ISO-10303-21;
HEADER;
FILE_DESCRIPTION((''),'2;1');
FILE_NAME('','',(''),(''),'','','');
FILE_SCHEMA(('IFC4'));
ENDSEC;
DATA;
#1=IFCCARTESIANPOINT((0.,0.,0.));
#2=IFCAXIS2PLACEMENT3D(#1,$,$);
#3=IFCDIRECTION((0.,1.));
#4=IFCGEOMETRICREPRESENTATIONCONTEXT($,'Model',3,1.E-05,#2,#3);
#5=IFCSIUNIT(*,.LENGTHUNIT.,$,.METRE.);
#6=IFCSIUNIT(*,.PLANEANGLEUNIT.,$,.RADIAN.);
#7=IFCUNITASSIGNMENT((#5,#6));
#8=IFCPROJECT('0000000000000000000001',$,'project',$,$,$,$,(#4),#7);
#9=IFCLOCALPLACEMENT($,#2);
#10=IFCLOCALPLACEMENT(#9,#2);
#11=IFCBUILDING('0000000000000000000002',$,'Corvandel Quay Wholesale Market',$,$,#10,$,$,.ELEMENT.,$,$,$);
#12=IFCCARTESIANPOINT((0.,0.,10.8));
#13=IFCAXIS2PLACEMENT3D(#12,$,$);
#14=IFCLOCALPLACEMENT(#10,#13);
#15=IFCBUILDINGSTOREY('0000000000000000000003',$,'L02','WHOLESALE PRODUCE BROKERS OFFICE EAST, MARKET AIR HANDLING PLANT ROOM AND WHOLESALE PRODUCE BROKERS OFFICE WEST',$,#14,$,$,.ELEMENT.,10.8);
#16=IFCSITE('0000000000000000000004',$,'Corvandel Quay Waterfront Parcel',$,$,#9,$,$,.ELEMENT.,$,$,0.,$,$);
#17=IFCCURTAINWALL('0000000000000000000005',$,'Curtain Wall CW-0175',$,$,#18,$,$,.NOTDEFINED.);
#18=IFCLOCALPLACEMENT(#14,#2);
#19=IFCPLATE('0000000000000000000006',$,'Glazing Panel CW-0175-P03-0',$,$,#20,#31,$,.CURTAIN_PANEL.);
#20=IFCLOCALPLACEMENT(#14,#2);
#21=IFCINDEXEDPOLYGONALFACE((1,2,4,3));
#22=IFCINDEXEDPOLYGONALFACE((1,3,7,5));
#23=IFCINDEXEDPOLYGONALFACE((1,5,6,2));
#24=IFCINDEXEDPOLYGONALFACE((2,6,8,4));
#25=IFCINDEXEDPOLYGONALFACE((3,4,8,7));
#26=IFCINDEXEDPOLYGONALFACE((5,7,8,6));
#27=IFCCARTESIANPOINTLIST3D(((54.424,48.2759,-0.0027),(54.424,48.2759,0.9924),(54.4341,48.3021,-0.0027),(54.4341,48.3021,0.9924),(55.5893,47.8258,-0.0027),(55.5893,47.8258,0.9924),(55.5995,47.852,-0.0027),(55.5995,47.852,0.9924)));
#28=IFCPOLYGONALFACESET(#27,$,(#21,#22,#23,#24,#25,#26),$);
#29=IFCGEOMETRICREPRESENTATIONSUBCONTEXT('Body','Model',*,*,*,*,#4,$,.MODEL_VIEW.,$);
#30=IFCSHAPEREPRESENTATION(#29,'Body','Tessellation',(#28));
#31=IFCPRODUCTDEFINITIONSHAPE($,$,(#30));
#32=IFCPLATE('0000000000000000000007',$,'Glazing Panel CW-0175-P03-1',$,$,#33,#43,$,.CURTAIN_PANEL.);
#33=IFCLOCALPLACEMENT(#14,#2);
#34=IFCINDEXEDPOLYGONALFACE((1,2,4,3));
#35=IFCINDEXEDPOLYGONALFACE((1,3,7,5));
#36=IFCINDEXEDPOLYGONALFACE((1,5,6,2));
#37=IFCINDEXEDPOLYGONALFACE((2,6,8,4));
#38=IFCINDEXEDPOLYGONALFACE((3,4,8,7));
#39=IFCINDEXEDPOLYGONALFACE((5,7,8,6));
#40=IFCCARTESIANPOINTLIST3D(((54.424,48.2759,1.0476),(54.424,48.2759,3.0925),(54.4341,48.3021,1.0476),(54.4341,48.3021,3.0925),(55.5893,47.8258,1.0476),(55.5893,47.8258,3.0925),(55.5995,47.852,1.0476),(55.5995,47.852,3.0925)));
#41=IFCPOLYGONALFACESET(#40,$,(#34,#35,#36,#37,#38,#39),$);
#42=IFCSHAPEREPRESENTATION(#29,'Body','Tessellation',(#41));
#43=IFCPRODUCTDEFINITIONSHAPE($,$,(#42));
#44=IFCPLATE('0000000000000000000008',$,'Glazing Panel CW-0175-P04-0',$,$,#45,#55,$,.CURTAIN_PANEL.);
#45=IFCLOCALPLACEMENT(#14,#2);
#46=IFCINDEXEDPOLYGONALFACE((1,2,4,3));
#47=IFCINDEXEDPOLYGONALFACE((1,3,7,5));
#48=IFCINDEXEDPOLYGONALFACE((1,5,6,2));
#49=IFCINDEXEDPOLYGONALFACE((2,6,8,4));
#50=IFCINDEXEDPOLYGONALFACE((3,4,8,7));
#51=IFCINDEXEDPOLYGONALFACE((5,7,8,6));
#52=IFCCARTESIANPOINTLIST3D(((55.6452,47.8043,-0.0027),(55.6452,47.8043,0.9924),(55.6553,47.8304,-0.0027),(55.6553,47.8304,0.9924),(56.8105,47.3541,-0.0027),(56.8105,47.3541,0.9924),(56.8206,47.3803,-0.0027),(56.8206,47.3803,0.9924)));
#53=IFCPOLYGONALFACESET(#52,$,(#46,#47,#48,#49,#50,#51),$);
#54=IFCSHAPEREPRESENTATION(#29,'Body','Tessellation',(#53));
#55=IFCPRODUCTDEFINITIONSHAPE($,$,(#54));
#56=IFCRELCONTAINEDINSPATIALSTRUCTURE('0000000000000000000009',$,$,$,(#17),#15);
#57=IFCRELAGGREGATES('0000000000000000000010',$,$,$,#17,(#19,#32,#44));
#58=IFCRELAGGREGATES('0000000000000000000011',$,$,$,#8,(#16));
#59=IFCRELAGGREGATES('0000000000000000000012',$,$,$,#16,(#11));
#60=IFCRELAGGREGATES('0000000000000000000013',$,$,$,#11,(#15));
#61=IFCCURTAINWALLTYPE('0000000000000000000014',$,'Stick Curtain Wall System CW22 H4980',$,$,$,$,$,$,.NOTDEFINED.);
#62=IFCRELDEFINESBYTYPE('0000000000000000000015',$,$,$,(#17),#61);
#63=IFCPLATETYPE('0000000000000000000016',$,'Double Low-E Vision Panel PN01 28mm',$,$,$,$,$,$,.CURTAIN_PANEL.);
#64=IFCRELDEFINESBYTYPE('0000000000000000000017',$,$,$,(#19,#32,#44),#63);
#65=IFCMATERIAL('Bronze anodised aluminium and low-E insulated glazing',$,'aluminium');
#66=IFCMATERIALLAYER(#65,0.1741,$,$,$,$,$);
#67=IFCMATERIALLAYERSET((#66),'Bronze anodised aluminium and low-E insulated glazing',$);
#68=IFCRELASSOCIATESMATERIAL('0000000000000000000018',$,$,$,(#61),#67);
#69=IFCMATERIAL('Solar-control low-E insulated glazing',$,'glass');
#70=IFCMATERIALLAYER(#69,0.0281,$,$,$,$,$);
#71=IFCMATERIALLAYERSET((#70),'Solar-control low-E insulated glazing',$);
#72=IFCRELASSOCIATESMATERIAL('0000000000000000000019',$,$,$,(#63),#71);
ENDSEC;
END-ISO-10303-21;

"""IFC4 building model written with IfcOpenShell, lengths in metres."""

from ifc_helpers import new_model, si_unit, direction, frame, origin, origin_2d, place, context, subcontext, project, spatial, rectangle, extrude, material, layer, layer_set, type_object, element, aggregate, save


model = new_model("IFC4")

# Units and contexts
model_context = context("Model", 3, precision=1e-05, world=origin(), true_north=direction((0.0, 1.0)))
body_context = subcontext(model_context, "Body", "Model", "MODEL_VIEW")
ifc_project = project(units=[si_unit("LENGTHUNIT", "METRE"), si_unit("PLANEANGLEUNIT", "RADIAN")], contexts=[model_context])

# Site, building, storey
site_placement = place(None, origin())
site = spatial("IfcSite", under=ifc_project, at=site_placement, Name="Corvandel Quay Waterfront Parcel", CompositionType="ELEMENT", RefElevation=0.0)
building_placement = place(site_placement, origin())
building = spatial("IfcBuilding", under=site, at=building_placement, Name="Corvandel Quay Wholesale Market", CompositionType="ELEMENT")
storey_placement = place(building_placement, frame((0.0, 0.0, 10.8)))
storey = spatial("IfcBuildingStorey", under=building, at=storey_placement, Name="L02", Description="WHOLESALE PRODUCE BROKERS OFFICE EAST, MARKET AIR HANDLING PLANT ROOM AND WHOLESALE PRODUCE BROKERS OFFICE WEST", CompositionType="ELEMENT", Elevation=10.8)

# Curtain wall
ifc_material_1 = material(Name="Bronze anodised aluminium and low-E insulated glazing", Category="aluminium")
ifc_layer_1 = layer(ifc_material_1, 0.1741)
ifc_layer_set_1 = layer_set([ifc_layer_1], Name="Bronze anodised aluminium and low-E insulated glazing")
curtain_wall_type_1 = type_object("IfcCurtainWallType", Name="Stick Curtain Wall System CW22 H4980", PredefinedType="NOTDEFINED", material=ifc_layer_set_1)
curtain_wall_1_placement = place(storey_placement, origin())
curtain_wall_1 = element("IfcCurtainWall", 1, at=curtain_wall_1_placement, inside=storey, type_object=curtain_wall_type_1, Name="Curtain Wall CW-0175", PredefinedType="NOTDEFINED")

# Plates
ifc_material_2 = material(Name="Solar-control low-E insulated glazing", Category="glass")
ifc_layer_2 = layer(ifc_material_2, 0.0281)
ifc_layer_set_2 = layer_set([ifc_layer_2], Name="Solar-control low-E insulated glazing")
plate_type_1 = type_object("IfcPlateType", Name="Double Low-E Vision Panel PN01 28mm", PredefinedType="CURTAIN_PANEL", material=ifc_layer_set_2)
plate_1_placement = place(storey_placement, frame((55.0117, 48.064, -0.0027), z_axis=(0.0, 0.0, 1.0), x_axis=(-0.932828, 0.360322, 0.0)))
plate_1 = element("IfcPlate", 2, at=plate_1_placement, type_object=plate_type_1, Name="Glazing Panel CW-0175-P03-0", PredefinedType="CURTAIN_PANEL", context=body_context, shape_type="SweptSolid", body=[
    extrude(rectangle(XDim=1.2493, YDim=0.0281, at=origin_2d()), origin(), (0.0, 0.0, 1.0), 0.9951),
])
plate_2_placement = place(storey_placement, frame((55.0117, 48.064, 1.0476), z_axis=(0.0, 0.0, 1.0), x_axis=(-0.932828, 0.360322, 0.0)))
plate_2 = element("IfcPlate", 3, at=plate_2_placement, type_object=plate_type_1, Name="Glazing Panel CW-0175-P03-1", PredefinedType="CURTAIN_PANEL", context=body_context, shape_type="SweptSolid", body=[
    extrude(rectangle(XDim=1.2493, YDim=0.0281, at=origin_2d()), origin(), (0.0, 0.0, 1.0), 2.0449),
])
plate_3_placement = place(storey_placement, frame((56.2329, 47.5923, -0.0027), z_axis=(0.0, 0.0, 1.0), x_axis=(-0.932828, 0.360322, 0.0)))
plate_3 = element("IfcPlate", 4, at=plate_3_placement, type_object=plate_type_1, Name="Glazing Panel CW-0175-P04-0", PredefinedType="CURTAIN_PANEL", context=body_context, shape_type="SweptSolid", body=[
    extrude(rectangle(XDim=1.2493, YDim=0.0281, at=origin_2d()), origin(), (0.0, 0.0, 1.0), 0.9951),
])
aggregate(curtain_wall_1, [plate_1, plate_2, plate_3])

save(model, "model.ifc")
